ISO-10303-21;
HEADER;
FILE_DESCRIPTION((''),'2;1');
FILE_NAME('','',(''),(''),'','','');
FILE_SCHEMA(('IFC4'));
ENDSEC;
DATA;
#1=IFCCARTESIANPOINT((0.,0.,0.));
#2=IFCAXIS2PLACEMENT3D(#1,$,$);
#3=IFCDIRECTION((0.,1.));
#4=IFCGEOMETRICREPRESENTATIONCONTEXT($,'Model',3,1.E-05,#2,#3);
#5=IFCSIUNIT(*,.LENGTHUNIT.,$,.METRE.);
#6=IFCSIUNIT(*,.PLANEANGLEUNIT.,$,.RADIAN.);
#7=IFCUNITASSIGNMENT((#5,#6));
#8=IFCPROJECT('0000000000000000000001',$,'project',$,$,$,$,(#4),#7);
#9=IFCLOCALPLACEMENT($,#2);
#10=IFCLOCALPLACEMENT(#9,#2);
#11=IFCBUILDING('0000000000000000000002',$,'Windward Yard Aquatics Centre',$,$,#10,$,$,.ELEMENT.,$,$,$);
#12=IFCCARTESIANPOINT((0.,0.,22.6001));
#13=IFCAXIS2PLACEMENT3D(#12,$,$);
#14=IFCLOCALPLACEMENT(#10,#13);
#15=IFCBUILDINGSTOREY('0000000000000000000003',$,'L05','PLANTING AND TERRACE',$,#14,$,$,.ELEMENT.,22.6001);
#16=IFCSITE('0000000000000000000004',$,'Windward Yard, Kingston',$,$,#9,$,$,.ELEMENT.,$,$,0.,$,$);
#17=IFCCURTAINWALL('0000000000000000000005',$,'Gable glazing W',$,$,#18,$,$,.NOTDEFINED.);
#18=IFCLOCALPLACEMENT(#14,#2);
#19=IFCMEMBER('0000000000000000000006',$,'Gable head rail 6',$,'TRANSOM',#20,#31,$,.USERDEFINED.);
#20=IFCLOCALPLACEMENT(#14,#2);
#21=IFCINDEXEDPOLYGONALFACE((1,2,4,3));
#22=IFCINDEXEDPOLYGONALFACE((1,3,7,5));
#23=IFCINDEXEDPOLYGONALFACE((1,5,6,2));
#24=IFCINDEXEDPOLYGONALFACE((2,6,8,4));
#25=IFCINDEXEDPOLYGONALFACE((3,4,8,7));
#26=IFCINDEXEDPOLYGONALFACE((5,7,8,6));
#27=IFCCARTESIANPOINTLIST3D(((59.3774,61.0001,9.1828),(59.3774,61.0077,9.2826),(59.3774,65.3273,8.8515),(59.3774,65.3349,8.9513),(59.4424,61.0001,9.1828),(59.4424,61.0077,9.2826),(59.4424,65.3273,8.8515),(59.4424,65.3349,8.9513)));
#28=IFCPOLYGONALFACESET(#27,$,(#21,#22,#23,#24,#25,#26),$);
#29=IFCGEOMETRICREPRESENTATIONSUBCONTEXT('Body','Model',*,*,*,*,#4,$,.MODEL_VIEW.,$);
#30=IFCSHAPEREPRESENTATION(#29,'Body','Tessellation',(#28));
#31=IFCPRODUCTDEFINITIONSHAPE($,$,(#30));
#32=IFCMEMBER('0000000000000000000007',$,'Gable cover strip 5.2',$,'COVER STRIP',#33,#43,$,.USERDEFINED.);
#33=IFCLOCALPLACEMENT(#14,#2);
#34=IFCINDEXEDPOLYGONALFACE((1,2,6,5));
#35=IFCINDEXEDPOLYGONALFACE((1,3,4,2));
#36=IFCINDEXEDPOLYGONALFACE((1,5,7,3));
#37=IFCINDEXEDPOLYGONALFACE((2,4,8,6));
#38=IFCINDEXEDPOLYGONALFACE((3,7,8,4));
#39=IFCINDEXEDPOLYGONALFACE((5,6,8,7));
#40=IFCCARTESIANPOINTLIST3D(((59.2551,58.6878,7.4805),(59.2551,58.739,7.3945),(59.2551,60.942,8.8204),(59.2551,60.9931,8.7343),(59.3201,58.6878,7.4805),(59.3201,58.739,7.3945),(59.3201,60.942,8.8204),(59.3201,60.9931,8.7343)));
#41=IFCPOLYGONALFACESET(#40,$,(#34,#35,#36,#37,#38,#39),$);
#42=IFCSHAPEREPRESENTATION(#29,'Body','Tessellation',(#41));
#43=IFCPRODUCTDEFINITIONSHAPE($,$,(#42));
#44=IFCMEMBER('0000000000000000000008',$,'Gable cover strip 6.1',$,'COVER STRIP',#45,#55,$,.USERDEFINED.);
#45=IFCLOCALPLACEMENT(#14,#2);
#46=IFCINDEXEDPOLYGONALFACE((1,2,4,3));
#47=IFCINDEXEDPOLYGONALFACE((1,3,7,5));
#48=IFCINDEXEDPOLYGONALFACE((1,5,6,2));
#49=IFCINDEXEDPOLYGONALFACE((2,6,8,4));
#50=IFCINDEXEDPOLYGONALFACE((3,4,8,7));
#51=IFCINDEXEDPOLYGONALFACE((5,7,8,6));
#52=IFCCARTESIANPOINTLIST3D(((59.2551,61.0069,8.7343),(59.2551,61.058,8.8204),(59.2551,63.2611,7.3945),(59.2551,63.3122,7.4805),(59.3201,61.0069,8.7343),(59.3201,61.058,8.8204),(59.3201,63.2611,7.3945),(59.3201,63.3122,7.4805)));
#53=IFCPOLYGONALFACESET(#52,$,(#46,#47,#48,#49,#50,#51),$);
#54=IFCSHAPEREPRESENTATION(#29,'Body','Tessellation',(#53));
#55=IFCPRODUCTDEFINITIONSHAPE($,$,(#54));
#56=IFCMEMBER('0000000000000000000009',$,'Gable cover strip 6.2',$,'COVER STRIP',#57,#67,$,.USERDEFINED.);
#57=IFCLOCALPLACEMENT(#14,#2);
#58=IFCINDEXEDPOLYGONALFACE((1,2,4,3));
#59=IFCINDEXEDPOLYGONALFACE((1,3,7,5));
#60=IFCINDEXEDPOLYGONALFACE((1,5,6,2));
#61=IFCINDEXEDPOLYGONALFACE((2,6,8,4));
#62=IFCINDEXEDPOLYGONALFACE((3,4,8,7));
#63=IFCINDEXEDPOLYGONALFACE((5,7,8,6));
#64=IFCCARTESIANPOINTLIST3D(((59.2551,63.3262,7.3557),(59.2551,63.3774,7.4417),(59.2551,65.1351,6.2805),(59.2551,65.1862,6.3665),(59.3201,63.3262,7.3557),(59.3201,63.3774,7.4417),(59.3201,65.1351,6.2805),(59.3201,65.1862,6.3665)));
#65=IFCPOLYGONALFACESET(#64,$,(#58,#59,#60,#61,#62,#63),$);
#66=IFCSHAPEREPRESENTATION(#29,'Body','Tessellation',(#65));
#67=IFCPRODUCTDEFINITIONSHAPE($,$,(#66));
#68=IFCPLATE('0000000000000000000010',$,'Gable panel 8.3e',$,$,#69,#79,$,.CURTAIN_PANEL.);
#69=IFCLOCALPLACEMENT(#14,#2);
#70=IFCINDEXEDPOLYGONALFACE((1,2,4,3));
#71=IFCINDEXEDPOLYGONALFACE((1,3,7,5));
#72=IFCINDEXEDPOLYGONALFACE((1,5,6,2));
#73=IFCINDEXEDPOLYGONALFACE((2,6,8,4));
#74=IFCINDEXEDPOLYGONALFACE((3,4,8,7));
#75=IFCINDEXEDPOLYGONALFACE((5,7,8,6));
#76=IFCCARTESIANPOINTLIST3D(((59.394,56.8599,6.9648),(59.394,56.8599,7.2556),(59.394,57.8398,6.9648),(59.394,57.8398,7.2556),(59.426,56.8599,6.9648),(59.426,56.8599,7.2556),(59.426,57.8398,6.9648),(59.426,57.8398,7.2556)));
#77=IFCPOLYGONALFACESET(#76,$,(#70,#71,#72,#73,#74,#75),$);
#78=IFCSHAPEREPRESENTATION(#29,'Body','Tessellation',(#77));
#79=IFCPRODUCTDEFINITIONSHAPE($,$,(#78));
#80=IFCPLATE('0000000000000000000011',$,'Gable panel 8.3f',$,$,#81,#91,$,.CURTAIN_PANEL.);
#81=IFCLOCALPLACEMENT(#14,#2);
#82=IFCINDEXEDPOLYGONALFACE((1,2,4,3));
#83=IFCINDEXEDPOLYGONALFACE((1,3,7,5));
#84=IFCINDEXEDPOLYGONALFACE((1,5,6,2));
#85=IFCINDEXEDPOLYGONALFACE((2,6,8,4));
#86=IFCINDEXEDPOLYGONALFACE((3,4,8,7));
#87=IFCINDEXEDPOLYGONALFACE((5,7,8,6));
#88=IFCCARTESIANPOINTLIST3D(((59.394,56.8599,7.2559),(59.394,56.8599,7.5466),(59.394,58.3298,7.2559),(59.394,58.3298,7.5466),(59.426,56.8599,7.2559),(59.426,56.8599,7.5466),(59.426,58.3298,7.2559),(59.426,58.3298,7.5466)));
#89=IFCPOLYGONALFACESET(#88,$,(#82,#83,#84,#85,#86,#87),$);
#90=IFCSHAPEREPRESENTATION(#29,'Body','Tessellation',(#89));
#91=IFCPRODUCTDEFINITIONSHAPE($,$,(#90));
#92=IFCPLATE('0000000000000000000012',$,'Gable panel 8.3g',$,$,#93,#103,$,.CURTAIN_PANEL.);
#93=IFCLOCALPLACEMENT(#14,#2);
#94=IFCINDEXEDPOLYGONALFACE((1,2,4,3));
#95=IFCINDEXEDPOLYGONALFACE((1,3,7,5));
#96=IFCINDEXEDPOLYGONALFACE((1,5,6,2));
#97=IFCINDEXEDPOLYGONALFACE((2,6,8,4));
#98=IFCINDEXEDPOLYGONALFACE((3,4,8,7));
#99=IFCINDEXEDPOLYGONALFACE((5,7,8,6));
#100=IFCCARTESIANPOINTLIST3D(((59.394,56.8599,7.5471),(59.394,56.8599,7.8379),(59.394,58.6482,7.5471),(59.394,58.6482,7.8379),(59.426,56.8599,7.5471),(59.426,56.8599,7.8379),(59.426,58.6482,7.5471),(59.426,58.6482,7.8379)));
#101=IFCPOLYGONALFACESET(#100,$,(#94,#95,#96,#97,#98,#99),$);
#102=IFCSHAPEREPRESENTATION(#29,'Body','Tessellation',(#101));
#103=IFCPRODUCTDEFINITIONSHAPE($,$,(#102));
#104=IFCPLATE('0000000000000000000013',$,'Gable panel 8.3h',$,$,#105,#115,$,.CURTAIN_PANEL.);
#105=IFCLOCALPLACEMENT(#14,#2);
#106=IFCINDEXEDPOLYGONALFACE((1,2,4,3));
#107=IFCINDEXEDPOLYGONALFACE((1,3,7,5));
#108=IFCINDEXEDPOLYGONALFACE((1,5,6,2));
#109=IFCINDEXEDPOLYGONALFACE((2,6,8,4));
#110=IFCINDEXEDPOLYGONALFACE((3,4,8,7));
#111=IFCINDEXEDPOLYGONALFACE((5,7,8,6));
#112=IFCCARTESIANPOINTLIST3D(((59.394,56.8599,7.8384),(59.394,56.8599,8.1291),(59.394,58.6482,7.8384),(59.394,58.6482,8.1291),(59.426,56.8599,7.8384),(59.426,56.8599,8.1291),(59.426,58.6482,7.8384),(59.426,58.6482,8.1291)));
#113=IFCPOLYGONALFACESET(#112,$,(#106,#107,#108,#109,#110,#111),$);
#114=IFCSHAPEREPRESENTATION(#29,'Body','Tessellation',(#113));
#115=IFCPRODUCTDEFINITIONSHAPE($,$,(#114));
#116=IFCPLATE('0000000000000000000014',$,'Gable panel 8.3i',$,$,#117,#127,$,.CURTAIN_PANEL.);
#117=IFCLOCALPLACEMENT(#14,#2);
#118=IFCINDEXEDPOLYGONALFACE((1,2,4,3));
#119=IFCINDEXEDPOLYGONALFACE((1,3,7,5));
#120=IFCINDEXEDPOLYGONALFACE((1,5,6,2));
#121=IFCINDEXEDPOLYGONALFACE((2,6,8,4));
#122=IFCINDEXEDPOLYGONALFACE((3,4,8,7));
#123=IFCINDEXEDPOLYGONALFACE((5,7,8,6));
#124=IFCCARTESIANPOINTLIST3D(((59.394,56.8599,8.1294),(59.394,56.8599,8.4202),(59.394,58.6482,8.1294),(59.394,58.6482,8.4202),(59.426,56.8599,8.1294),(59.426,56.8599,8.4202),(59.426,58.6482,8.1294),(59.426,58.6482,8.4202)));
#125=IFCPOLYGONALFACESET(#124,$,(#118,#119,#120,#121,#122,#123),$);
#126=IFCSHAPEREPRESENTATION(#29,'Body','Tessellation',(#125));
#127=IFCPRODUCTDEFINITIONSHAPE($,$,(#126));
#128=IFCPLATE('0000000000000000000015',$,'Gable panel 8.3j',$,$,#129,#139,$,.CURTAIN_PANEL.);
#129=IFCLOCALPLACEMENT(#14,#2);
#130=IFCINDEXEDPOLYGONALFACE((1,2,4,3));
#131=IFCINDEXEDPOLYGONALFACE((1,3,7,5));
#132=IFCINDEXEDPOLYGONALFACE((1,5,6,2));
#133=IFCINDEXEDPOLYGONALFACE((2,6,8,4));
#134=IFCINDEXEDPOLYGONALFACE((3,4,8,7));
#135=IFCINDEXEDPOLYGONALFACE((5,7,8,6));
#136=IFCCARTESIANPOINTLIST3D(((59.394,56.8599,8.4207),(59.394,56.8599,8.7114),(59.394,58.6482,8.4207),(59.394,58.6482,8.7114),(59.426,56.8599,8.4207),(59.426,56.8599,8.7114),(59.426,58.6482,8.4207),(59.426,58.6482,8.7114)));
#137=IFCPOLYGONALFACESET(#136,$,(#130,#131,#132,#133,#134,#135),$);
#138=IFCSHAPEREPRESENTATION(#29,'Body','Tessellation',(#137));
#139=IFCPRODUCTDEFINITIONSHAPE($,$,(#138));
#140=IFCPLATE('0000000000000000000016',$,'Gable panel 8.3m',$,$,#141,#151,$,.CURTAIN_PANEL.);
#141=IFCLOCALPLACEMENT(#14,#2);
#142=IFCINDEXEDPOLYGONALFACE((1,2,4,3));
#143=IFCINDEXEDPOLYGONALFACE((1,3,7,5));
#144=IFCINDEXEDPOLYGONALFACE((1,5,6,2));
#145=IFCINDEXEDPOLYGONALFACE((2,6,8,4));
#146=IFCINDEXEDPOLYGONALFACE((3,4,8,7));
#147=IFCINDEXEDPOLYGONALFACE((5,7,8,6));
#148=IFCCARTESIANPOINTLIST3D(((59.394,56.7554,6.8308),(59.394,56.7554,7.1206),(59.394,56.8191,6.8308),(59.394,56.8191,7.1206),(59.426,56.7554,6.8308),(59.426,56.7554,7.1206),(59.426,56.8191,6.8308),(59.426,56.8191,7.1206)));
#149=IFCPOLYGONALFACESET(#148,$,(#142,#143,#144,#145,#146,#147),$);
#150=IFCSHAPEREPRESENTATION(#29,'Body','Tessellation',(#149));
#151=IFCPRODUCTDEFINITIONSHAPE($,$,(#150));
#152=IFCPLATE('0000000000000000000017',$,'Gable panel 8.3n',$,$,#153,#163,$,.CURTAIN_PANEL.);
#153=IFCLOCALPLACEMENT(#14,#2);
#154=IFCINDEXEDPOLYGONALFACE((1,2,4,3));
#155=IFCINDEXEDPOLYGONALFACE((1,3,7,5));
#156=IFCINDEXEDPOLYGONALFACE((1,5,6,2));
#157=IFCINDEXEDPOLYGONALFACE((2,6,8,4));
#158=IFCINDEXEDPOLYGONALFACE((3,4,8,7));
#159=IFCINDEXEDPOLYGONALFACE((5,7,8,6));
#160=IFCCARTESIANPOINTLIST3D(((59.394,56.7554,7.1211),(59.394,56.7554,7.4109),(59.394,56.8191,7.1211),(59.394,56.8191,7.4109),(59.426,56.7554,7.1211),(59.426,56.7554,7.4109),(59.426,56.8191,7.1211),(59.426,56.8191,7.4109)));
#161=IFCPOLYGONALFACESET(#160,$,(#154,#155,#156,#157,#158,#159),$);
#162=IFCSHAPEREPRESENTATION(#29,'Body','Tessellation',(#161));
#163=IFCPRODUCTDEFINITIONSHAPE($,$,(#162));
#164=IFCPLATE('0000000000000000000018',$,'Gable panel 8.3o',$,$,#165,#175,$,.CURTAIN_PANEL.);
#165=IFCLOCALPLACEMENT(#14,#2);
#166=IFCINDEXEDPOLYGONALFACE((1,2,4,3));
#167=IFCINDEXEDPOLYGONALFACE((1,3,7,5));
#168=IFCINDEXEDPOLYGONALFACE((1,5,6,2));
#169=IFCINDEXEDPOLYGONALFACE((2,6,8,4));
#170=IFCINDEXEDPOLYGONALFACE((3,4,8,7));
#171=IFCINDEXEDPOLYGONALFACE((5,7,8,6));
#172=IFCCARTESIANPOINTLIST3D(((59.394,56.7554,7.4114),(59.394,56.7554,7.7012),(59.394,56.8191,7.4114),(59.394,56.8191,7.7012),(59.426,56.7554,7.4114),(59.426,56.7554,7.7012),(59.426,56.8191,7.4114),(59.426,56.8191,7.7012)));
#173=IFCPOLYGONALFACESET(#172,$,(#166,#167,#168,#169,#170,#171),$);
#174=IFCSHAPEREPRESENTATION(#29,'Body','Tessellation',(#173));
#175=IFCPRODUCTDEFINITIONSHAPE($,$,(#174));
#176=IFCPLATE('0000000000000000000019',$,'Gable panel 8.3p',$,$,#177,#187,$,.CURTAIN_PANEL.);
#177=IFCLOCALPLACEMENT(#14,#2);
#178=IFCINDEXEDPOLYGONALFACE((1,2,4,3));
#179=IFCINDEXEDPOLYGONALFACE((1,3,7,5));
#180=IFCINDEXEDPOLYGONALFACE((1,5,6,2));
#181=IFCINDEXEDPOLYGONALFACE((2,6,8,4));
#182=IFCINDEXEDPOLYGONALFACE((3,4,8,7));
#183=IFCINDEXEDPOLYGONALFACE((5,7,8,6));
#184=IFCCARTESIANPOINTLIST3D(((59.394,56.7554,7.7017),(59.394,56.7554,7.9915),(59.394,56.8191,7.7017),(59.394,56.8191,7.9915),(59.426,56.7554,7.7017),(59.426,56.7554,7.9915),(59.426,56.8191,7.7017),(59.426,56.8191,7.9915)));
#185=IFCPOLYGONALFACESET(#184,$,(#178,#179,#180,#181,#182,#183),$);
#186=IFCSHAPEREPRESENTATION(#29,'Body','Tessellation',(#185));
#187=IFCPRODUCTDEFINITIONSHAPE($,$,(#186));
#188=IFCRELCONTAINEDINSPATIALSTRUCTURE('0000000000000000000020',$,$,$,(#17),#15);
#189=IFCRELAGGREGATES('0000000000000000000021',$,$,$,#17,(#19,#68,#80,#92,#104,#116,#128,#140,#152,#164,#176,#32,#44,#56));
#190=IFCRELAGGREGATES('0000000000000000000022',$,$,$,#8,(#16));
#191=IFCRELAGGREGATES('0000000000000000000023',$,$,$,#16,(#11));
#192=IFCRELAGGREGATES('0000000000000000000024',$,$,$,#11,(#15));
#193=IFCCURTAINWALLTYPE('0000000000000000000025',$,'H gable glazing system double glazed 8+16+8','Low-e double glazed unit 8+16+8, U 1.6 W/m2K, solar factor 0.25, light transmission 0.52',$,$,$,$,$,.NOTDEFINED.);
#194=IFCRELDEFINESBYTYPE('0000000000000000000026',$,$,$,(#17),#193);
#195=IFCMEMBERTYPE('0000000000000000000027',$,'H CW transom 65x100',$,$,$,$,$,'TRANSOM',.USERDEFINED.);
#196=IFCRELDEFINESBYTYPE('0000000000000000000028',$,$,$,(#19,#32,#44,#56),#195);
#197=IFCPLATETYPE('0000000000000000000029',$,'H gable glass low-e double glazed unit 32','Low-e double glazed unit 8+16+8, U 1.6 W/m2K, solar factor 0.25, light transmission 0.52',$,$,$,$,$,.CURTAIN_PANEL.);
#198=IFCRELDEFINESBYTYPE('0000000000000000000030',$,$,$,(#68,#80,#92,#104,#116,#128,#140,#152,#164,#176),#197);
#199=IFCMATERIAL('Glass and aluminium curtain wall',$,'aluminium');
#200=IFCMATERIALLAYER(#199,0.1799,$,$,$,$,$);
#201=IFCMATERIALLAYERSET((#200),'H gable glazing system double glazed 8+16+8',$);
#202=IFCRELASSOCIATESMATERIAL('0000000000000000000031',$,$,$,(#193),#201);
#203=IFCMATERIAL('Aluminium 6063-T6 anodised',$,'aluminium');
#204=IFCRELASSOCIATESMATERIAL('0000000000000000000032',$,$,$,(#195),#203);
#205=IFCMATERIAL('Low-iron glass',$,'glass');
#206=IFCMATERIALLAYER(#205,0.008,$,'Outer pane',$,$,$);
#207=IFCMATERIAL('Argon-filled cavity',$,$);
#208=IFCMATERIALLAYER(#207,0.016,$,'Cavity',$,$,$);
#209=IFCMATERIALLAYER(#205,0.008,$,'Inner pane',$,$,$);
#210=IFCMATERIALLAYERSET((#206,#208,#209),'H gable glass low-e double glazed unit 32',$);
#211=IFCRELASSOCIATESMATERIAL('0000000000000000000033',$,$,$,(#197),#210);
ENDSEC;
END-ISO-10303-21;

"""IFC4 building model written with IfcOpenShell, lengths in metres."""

from ifc_helpers import new_model, si_unit, direction, frame, origin, origin_2d, place, context, subcontext, project, spatial, polyline, rectangle, outline, extrude, material, layer, layer_set, material_profile, profile_set, type_object, element, aggregate, save


model = new_model("IFC4")

# Units and contexts
model_context = context("Model", 3, precision=1e-05, world=origin(), true_north=direction((0.0, 1.0)))
body_context = subcontext(model_context, "Body", "Model", "MODEL_VIEW")
ifc_project = project(units=[si_unit("LENGTHUNIT", "METRE"), si_unit("PLANEANGLEUNIT", "RADIAN")], contexts=[model_context])

# Site, building, storey
site_placement = place(None, origin())
site = spatial("IfcSite", under=ifc_project, at=site_placement, Name="Windward Yard, Kingston", CompositionType="ELEMENT", RefElevation=0.0)
building_placement = place(site_placement, origin())
building = spatial("IfcBuilding", under=site, at=building_placement, Name="Windward Yard Aquatics Centre", CompositionType="ELEMENT")
storey_placement = place(building_placement, frame((0.0, 0.0, 22.6001)))
storey = spatial("IfcBuildingStorey", under=building, at=storey_placement, Name="L05", Description="PLANTING AND TERRACE", CompositionType="ELEMENT", Elevation=22.6001)

# Curtain wall, members, plates
ifc_material_1 = material(Name="Glass and aluminium curtain wall", Category="aluminium")
ifc_layer_1 = layer(ifc_material_1, 0.1799)
ifc_layer_set_1 = layer_set([ifc_layer_1], Name="H gable glazing system double glazed 8+16+8")
curtain_wall_type = type_object("IfcCurtainWallType", Name="H gable glazing system double glazed 8+16+8", Description="Low-e double glazed unit 8+16+8, U 1.6 W/m2K, solar factor 0.25, light transmission 0.52", PredefinedType="NOTDEFINED", material=ifc_layer_set_1)
curtain_wall_placement = place(storey_placement, origin())
curtain_wall = element("IfcCurtainWall", 1, at=curtain_wall_placement, inside=storey, type_object=curtain_wall_type, Name="Gable glazing W", PredefinedType="NOTDEFINED")
ifc_material_2 = material(Name="Aluminium 6063-T6 anodised", Category="aluminium")
ifc_material_profile = material_profile(ifc_material_2, rectangle(XDim=0.0649, YDim=0.1001, at=origin_2d()), Name="H CW transom 65x100")
ifc_profile_set = profile_set([ifc_material_profile], Name="Aluminium 6063-T6 anodised")
member_type = type_object("IfcMemberType", Name="H CW transom 65x100", ElementType="TRANSOM", PredefinedType="USERDEFINED", material=ifc_profile_set)
member_1_placement = place(storey_placement, frame((59.4099, 61.0039, 9.2327), z_axis=(0.0, 0.997082, -0.076339), x_axis=(-1.0, 0.0, 0.0)))
member_1 = element("IfcMember", 2, at=member_1_placement, type_object=member_type, Name="Gable head rail 6", ObjectType="TRANSOM", PredefinedType="USERDEFINED", context=body_context, shape_type="SweptSolid", body=[
    extrude(rectangle(XDim=0.0649, YDim=0.1001, at=origin_2d()), origin(), (0.0, 0.0, 1.0), 4.3398),
])
member_2_placement = place(storey_placement, frame((59.2876, 58.7134, 7.4375), z_axis=(0.0, 0.859613, 0.510945), x_axis=(-1.0, 0.0, 0.0)))
member_2 = element("IfcMember", 3, at=member_2_placement, type_object=member_type, Name="Gable cover strip 5.2", ObjectType="COVER STRIP", PredefinedType="USERDEFINED", context=body_context, shape_type="SweptSolid", body=[
    extrude(rectangle(XDim=0.0649, YDim=0.1001, at=origin_2d()), origin(), (0.0, 0.0, 1.0), 2.6223),
])
member_3_placement = place(storey_placement, frame((59.2876, 61.0325, 8.7773), z_axis=(0.0, 0.859613, -0.510945), x_axis=(-1.0, 0.0, 0.0)))
member_3 = element("IfcMember", 4, at=member_3_placement, type_object=member_type, Name="Gable cover strip 6.1", ObjectType="COVER STRIP", PredefinedType="USERDEFINED", context=body_context, shape_type="SweptSolid", body=[
    extrude(rectangle(XDim=0.0649, YDim=0.1001, at=origin_2d()), origin(), (0.0, 0.0, 1.0), 2.6223),
])
member_4_placement = place(storey_placement, frame((59.2876, 63.3518, 7.3987), z_axis=(0.0, 0.859605, -0.51096), x_axis=(-1.0, 0.0, 0.0)))
member_4 = element("IfcMember", 5, at=member_4_placement, type_object=member_type, Name="Gable cover strip 6.2", ObjectType="COVER STRIP", PredefinedType="USERDEFINED", context=body_context, shape_type="SweptSolid", body=[
    extrude(rectangle(XDim=0.0649, YDim=0.1001, at=origin_2d()), origin(), (0.0, 0.0, 1.0), 2.1042),
])
ifc_material_3 = material(Name="Low-iron glass", Category="glass")
ifc_layer_2 = layer(ifc_material_3, 0.008, Name="Outer pane")
ifc_material_4 = material(Name="Argon-filled cavity")
ifc_layer_3 = layer(ifc_material_4, 0.016, Name="Cavity")
ifc_layer_4 = layer(ifc_material_3, 0.008, Name="Inner pane")
ifc_layer_set_2 = layer_set([ifc_layer_2, ifc_layer_3, ifc_layer_4], Name="H gable glass low-e double glazed unit 32")
plate_type = type_object("IfcPlateType", Name="H gable glass low-e double glazed unit 32", Description="Low-e double glazed unit 8+16+8, U 1.6 W/m2K, solar factor 0.25, light transmission 0.52", PredefinedType="CURTAIN_PANEL", material=ifc_layer_set_2)
plate_1_placement = place(storey_placement, frame((59.426, 56.8599, 6.9648), z_axis=(1.0, 0.0, 0.0), x_axis=(0.0, 1.0, 0.0)))
plate_1 = element("IfcPlate", 6, at=plate_1_placement, type_object=plate_type, Name="Gable panel 8.3e", PredefinedType="CURTAIN_PANEL", context=body_context, shape_type="SweptSolid", body=[
    extrude(outline(polyline([(0.0, 0.0), (0.98, 0.0), (0.98, 0.2908), (0.0, 0.2908), (0.0, 0.0)])), origin(), (0.0, 0.0, -1.0), 0.032),
])
plate_2_placement = place(storey_placement, frame((59.426, 56.8599, 7.2559), z_axis=(1.0, 0.0, 0.0), x_axis=(0.0, 1.0, 0.0)))
plate_2 = element("IfcPlate", 7, at=plate_2_placement, type_object=plate_type, Name="Gable panel 8.3f", PredefinedType="CURTAIN_PANEL", context=body_context, shape_type="SweptSolid", body=[
    extrude(outline(polyline([(0.0, 0.0), (1.47, 0.0), (1.47, 0.2908), (0.0, 0.2908), (0.0, 0.0)])), origin(), (0.0, 0.0, -1.0), 0.032),
])
plate_3_placement = place(storey_placement, frame((59.426, 56.8599, 7.5471), z_axis=(1.0, 0.0, 0.0), x_axis=(0.0, 1.0, 0.0)))
plate_3 = element("IfcPlate", 8, at=plate_3_placement, type_object=plate_type, Name="Gable panel 8.3g", PredefinedType="CURTAIN_PANEL", context=body_context, shape_type="SweptSolid", body=[
    extrude(outline(polyline([(0.0, 0.0), (1.7883, 0.0), (1.7883, 0.2908), (0.0, 0.2908), (0.0, 0.0)])), origin(), (0.0, 0.0, -1.0), 0.032),
])
plate_4_placement = place(storey_placement, frame((59.426, 56.8599, 7.8384), z_axis=(1.0, 0.0, 0.0), x_axis=(0.0, 1.0, 0.0)))
plate_4 = element("IfcPlate", 9, at=plate_4_placement, type_object=plate_type, Name="Gable panel 8.3h", PredefinedType="CURTAIN_PANEL", context=body_context, shape_type="SweptSolid", body=[
    extrude(outline(polyline([(0.0, 0.0), (1.7883, 0.0), (1.7883, 0.2908), (0.0, 0.2908), (0.0, 0.0)])), origin(), (0.0, 0.0, -1.0), 0.032),
])
plate_5_placement = place(storey_placement, frame((59.426, 56.8599, 8.1294), z_axis=(1.0, 0.0, 0.0), x_axis=(0.0, 1.0, 0.0)))
plate_5 = element("IfcPlate", 10, at=plate_5_placement, type_object=plate_type, Name="Gable panel 8.3i", PredefinedType="CURTAIN_PANEL", context=body_context, shape_type="SweptSolid", body=[
    extrude(outline(polyline([(0.0, 0.0), (1.7883, 0.0), (1.7883, 0.2908), (0.0, 0.2908), (0.0, 0.0)])), origin(), (0.0, 0.0, -1.0), 0.032),
])
plate_6_placement = place(storey_placement, frame((59.426, 56.8599, 8.4207), z_axis=(1.0, 0.0, 0.0), x_axis=(0.0, 1.0, 0.0)))
plate_6 = element("IfcPlate", 11, at=plate_6_placement, type_object=plate_type, Name="Gable panel 8.3j", PredefinedType="CURTAIN_PANEL", context=body_context, shape_type="SweptSolid", body=[
    extrude(outline(polyline([(0.0, 0.0), (1.7883, 0.0), (1.7883, 0.2908), (0.0, 0.2908), (0.0, 0.0)])), origin(), (0.0, 0.0, -1.0), 0.032),
])
plate_7_placement = place(storey_placement, frame((59.426, 56.7554, 6.8308), z_axis=(1.0, 0.0, 0.0), x_axis=(0.0, 1.0, 0.0)))
plate_7 = element("IfcPlate", 12, at=plate_7_placement, type_object=plate_type, Name="Gable panel 8.3m", PredefinedType="CURTAIN_PANEL", context=body_context, shape_type="SweptSolid", body=[
    extrude(outline(polyline([(0.0, 0.0), (0.0637, 0.0), (0.0637, 0.2898), (0.0, 0.2898), (0.0, 0.0)])), origin(), (0.0, 0.0, -1.0), 0.032),
])
plate_8_placement = place(storey_placement, frame((59.426, 56.7554, 7.1211), z_axis=(1.0, 0.0, 0.0), x_axis=(0.0, 1.0, 0.0)))
plate_8 = element("IfcPlate", 13, at=plate_8_placement, type_object=plate_type, Name="Gable panel 8.3n", PredefinedType="CURTAIN_PANEL", context=body_context, shape_type="SweptSolid", body=[
    extrude(outline(polyline([(0.0, 0.0), (0.0637, 0.0), (0.0637, 0.2898), (0.0, 0.2898), (0.0, 0.0)])), origin(), (0.0, 0.0, -1.0), 0.032),
])
plate_9_placement = place(storey_placement, frame((59.426, 56.7554, 7.4114), z_axis=(1.0, 0.0, 0.0), x_axis=(0.0, 1.0, 0.0)))
plate_9 = element("IfcPlate", 14, at=plate_9_placement, type_object=plate_type, Name="Gable panel 8.3o", PredefinedType="CURTAIN_PANEL", context=body_context, shape_type="SweptSolid", body=[
    extrude(outline(polyline([(0.0, 0.0), (0.0637, 0.0), (0.0637, 0.2898), (0.0, 0.2898), (0.0, 0.0)])), origin(), (0.0, 0.0, -1.0), 0.032),
])
plate_10_placement = place(storey_placement, frame((59.426, 56.7554, 7.7017), z_axis=(1.0, 0.0, 0.0), x_axis=(0.0, 1.0, 0.0)))
plate_10 = element("IfcPlate", 15, at=plate_10_placement, type_object=plate_type, Name="Gable panel 8.3p", PredefinedType="CURTAIN_PANEL", context=body_context, shape_type="SweptSolid", body=[
    extrude(outline(polyline([(0.0, 0.0), (0.0637, 0.0), (0.0637, 0.2898), (0.0, 0.2898), (0.0, 0.0)])), origin(), (0.0, 0.0, -1.0), 0.032),
])
aggregate(curtain_wall, [member_1, plate_1, plate_2, plate_3, plate_4, plate_5, plate_6, plate_7, plate_8, plate_9, plate_10, member_2, member_3, member_4])

save(model, "model.ifc")
